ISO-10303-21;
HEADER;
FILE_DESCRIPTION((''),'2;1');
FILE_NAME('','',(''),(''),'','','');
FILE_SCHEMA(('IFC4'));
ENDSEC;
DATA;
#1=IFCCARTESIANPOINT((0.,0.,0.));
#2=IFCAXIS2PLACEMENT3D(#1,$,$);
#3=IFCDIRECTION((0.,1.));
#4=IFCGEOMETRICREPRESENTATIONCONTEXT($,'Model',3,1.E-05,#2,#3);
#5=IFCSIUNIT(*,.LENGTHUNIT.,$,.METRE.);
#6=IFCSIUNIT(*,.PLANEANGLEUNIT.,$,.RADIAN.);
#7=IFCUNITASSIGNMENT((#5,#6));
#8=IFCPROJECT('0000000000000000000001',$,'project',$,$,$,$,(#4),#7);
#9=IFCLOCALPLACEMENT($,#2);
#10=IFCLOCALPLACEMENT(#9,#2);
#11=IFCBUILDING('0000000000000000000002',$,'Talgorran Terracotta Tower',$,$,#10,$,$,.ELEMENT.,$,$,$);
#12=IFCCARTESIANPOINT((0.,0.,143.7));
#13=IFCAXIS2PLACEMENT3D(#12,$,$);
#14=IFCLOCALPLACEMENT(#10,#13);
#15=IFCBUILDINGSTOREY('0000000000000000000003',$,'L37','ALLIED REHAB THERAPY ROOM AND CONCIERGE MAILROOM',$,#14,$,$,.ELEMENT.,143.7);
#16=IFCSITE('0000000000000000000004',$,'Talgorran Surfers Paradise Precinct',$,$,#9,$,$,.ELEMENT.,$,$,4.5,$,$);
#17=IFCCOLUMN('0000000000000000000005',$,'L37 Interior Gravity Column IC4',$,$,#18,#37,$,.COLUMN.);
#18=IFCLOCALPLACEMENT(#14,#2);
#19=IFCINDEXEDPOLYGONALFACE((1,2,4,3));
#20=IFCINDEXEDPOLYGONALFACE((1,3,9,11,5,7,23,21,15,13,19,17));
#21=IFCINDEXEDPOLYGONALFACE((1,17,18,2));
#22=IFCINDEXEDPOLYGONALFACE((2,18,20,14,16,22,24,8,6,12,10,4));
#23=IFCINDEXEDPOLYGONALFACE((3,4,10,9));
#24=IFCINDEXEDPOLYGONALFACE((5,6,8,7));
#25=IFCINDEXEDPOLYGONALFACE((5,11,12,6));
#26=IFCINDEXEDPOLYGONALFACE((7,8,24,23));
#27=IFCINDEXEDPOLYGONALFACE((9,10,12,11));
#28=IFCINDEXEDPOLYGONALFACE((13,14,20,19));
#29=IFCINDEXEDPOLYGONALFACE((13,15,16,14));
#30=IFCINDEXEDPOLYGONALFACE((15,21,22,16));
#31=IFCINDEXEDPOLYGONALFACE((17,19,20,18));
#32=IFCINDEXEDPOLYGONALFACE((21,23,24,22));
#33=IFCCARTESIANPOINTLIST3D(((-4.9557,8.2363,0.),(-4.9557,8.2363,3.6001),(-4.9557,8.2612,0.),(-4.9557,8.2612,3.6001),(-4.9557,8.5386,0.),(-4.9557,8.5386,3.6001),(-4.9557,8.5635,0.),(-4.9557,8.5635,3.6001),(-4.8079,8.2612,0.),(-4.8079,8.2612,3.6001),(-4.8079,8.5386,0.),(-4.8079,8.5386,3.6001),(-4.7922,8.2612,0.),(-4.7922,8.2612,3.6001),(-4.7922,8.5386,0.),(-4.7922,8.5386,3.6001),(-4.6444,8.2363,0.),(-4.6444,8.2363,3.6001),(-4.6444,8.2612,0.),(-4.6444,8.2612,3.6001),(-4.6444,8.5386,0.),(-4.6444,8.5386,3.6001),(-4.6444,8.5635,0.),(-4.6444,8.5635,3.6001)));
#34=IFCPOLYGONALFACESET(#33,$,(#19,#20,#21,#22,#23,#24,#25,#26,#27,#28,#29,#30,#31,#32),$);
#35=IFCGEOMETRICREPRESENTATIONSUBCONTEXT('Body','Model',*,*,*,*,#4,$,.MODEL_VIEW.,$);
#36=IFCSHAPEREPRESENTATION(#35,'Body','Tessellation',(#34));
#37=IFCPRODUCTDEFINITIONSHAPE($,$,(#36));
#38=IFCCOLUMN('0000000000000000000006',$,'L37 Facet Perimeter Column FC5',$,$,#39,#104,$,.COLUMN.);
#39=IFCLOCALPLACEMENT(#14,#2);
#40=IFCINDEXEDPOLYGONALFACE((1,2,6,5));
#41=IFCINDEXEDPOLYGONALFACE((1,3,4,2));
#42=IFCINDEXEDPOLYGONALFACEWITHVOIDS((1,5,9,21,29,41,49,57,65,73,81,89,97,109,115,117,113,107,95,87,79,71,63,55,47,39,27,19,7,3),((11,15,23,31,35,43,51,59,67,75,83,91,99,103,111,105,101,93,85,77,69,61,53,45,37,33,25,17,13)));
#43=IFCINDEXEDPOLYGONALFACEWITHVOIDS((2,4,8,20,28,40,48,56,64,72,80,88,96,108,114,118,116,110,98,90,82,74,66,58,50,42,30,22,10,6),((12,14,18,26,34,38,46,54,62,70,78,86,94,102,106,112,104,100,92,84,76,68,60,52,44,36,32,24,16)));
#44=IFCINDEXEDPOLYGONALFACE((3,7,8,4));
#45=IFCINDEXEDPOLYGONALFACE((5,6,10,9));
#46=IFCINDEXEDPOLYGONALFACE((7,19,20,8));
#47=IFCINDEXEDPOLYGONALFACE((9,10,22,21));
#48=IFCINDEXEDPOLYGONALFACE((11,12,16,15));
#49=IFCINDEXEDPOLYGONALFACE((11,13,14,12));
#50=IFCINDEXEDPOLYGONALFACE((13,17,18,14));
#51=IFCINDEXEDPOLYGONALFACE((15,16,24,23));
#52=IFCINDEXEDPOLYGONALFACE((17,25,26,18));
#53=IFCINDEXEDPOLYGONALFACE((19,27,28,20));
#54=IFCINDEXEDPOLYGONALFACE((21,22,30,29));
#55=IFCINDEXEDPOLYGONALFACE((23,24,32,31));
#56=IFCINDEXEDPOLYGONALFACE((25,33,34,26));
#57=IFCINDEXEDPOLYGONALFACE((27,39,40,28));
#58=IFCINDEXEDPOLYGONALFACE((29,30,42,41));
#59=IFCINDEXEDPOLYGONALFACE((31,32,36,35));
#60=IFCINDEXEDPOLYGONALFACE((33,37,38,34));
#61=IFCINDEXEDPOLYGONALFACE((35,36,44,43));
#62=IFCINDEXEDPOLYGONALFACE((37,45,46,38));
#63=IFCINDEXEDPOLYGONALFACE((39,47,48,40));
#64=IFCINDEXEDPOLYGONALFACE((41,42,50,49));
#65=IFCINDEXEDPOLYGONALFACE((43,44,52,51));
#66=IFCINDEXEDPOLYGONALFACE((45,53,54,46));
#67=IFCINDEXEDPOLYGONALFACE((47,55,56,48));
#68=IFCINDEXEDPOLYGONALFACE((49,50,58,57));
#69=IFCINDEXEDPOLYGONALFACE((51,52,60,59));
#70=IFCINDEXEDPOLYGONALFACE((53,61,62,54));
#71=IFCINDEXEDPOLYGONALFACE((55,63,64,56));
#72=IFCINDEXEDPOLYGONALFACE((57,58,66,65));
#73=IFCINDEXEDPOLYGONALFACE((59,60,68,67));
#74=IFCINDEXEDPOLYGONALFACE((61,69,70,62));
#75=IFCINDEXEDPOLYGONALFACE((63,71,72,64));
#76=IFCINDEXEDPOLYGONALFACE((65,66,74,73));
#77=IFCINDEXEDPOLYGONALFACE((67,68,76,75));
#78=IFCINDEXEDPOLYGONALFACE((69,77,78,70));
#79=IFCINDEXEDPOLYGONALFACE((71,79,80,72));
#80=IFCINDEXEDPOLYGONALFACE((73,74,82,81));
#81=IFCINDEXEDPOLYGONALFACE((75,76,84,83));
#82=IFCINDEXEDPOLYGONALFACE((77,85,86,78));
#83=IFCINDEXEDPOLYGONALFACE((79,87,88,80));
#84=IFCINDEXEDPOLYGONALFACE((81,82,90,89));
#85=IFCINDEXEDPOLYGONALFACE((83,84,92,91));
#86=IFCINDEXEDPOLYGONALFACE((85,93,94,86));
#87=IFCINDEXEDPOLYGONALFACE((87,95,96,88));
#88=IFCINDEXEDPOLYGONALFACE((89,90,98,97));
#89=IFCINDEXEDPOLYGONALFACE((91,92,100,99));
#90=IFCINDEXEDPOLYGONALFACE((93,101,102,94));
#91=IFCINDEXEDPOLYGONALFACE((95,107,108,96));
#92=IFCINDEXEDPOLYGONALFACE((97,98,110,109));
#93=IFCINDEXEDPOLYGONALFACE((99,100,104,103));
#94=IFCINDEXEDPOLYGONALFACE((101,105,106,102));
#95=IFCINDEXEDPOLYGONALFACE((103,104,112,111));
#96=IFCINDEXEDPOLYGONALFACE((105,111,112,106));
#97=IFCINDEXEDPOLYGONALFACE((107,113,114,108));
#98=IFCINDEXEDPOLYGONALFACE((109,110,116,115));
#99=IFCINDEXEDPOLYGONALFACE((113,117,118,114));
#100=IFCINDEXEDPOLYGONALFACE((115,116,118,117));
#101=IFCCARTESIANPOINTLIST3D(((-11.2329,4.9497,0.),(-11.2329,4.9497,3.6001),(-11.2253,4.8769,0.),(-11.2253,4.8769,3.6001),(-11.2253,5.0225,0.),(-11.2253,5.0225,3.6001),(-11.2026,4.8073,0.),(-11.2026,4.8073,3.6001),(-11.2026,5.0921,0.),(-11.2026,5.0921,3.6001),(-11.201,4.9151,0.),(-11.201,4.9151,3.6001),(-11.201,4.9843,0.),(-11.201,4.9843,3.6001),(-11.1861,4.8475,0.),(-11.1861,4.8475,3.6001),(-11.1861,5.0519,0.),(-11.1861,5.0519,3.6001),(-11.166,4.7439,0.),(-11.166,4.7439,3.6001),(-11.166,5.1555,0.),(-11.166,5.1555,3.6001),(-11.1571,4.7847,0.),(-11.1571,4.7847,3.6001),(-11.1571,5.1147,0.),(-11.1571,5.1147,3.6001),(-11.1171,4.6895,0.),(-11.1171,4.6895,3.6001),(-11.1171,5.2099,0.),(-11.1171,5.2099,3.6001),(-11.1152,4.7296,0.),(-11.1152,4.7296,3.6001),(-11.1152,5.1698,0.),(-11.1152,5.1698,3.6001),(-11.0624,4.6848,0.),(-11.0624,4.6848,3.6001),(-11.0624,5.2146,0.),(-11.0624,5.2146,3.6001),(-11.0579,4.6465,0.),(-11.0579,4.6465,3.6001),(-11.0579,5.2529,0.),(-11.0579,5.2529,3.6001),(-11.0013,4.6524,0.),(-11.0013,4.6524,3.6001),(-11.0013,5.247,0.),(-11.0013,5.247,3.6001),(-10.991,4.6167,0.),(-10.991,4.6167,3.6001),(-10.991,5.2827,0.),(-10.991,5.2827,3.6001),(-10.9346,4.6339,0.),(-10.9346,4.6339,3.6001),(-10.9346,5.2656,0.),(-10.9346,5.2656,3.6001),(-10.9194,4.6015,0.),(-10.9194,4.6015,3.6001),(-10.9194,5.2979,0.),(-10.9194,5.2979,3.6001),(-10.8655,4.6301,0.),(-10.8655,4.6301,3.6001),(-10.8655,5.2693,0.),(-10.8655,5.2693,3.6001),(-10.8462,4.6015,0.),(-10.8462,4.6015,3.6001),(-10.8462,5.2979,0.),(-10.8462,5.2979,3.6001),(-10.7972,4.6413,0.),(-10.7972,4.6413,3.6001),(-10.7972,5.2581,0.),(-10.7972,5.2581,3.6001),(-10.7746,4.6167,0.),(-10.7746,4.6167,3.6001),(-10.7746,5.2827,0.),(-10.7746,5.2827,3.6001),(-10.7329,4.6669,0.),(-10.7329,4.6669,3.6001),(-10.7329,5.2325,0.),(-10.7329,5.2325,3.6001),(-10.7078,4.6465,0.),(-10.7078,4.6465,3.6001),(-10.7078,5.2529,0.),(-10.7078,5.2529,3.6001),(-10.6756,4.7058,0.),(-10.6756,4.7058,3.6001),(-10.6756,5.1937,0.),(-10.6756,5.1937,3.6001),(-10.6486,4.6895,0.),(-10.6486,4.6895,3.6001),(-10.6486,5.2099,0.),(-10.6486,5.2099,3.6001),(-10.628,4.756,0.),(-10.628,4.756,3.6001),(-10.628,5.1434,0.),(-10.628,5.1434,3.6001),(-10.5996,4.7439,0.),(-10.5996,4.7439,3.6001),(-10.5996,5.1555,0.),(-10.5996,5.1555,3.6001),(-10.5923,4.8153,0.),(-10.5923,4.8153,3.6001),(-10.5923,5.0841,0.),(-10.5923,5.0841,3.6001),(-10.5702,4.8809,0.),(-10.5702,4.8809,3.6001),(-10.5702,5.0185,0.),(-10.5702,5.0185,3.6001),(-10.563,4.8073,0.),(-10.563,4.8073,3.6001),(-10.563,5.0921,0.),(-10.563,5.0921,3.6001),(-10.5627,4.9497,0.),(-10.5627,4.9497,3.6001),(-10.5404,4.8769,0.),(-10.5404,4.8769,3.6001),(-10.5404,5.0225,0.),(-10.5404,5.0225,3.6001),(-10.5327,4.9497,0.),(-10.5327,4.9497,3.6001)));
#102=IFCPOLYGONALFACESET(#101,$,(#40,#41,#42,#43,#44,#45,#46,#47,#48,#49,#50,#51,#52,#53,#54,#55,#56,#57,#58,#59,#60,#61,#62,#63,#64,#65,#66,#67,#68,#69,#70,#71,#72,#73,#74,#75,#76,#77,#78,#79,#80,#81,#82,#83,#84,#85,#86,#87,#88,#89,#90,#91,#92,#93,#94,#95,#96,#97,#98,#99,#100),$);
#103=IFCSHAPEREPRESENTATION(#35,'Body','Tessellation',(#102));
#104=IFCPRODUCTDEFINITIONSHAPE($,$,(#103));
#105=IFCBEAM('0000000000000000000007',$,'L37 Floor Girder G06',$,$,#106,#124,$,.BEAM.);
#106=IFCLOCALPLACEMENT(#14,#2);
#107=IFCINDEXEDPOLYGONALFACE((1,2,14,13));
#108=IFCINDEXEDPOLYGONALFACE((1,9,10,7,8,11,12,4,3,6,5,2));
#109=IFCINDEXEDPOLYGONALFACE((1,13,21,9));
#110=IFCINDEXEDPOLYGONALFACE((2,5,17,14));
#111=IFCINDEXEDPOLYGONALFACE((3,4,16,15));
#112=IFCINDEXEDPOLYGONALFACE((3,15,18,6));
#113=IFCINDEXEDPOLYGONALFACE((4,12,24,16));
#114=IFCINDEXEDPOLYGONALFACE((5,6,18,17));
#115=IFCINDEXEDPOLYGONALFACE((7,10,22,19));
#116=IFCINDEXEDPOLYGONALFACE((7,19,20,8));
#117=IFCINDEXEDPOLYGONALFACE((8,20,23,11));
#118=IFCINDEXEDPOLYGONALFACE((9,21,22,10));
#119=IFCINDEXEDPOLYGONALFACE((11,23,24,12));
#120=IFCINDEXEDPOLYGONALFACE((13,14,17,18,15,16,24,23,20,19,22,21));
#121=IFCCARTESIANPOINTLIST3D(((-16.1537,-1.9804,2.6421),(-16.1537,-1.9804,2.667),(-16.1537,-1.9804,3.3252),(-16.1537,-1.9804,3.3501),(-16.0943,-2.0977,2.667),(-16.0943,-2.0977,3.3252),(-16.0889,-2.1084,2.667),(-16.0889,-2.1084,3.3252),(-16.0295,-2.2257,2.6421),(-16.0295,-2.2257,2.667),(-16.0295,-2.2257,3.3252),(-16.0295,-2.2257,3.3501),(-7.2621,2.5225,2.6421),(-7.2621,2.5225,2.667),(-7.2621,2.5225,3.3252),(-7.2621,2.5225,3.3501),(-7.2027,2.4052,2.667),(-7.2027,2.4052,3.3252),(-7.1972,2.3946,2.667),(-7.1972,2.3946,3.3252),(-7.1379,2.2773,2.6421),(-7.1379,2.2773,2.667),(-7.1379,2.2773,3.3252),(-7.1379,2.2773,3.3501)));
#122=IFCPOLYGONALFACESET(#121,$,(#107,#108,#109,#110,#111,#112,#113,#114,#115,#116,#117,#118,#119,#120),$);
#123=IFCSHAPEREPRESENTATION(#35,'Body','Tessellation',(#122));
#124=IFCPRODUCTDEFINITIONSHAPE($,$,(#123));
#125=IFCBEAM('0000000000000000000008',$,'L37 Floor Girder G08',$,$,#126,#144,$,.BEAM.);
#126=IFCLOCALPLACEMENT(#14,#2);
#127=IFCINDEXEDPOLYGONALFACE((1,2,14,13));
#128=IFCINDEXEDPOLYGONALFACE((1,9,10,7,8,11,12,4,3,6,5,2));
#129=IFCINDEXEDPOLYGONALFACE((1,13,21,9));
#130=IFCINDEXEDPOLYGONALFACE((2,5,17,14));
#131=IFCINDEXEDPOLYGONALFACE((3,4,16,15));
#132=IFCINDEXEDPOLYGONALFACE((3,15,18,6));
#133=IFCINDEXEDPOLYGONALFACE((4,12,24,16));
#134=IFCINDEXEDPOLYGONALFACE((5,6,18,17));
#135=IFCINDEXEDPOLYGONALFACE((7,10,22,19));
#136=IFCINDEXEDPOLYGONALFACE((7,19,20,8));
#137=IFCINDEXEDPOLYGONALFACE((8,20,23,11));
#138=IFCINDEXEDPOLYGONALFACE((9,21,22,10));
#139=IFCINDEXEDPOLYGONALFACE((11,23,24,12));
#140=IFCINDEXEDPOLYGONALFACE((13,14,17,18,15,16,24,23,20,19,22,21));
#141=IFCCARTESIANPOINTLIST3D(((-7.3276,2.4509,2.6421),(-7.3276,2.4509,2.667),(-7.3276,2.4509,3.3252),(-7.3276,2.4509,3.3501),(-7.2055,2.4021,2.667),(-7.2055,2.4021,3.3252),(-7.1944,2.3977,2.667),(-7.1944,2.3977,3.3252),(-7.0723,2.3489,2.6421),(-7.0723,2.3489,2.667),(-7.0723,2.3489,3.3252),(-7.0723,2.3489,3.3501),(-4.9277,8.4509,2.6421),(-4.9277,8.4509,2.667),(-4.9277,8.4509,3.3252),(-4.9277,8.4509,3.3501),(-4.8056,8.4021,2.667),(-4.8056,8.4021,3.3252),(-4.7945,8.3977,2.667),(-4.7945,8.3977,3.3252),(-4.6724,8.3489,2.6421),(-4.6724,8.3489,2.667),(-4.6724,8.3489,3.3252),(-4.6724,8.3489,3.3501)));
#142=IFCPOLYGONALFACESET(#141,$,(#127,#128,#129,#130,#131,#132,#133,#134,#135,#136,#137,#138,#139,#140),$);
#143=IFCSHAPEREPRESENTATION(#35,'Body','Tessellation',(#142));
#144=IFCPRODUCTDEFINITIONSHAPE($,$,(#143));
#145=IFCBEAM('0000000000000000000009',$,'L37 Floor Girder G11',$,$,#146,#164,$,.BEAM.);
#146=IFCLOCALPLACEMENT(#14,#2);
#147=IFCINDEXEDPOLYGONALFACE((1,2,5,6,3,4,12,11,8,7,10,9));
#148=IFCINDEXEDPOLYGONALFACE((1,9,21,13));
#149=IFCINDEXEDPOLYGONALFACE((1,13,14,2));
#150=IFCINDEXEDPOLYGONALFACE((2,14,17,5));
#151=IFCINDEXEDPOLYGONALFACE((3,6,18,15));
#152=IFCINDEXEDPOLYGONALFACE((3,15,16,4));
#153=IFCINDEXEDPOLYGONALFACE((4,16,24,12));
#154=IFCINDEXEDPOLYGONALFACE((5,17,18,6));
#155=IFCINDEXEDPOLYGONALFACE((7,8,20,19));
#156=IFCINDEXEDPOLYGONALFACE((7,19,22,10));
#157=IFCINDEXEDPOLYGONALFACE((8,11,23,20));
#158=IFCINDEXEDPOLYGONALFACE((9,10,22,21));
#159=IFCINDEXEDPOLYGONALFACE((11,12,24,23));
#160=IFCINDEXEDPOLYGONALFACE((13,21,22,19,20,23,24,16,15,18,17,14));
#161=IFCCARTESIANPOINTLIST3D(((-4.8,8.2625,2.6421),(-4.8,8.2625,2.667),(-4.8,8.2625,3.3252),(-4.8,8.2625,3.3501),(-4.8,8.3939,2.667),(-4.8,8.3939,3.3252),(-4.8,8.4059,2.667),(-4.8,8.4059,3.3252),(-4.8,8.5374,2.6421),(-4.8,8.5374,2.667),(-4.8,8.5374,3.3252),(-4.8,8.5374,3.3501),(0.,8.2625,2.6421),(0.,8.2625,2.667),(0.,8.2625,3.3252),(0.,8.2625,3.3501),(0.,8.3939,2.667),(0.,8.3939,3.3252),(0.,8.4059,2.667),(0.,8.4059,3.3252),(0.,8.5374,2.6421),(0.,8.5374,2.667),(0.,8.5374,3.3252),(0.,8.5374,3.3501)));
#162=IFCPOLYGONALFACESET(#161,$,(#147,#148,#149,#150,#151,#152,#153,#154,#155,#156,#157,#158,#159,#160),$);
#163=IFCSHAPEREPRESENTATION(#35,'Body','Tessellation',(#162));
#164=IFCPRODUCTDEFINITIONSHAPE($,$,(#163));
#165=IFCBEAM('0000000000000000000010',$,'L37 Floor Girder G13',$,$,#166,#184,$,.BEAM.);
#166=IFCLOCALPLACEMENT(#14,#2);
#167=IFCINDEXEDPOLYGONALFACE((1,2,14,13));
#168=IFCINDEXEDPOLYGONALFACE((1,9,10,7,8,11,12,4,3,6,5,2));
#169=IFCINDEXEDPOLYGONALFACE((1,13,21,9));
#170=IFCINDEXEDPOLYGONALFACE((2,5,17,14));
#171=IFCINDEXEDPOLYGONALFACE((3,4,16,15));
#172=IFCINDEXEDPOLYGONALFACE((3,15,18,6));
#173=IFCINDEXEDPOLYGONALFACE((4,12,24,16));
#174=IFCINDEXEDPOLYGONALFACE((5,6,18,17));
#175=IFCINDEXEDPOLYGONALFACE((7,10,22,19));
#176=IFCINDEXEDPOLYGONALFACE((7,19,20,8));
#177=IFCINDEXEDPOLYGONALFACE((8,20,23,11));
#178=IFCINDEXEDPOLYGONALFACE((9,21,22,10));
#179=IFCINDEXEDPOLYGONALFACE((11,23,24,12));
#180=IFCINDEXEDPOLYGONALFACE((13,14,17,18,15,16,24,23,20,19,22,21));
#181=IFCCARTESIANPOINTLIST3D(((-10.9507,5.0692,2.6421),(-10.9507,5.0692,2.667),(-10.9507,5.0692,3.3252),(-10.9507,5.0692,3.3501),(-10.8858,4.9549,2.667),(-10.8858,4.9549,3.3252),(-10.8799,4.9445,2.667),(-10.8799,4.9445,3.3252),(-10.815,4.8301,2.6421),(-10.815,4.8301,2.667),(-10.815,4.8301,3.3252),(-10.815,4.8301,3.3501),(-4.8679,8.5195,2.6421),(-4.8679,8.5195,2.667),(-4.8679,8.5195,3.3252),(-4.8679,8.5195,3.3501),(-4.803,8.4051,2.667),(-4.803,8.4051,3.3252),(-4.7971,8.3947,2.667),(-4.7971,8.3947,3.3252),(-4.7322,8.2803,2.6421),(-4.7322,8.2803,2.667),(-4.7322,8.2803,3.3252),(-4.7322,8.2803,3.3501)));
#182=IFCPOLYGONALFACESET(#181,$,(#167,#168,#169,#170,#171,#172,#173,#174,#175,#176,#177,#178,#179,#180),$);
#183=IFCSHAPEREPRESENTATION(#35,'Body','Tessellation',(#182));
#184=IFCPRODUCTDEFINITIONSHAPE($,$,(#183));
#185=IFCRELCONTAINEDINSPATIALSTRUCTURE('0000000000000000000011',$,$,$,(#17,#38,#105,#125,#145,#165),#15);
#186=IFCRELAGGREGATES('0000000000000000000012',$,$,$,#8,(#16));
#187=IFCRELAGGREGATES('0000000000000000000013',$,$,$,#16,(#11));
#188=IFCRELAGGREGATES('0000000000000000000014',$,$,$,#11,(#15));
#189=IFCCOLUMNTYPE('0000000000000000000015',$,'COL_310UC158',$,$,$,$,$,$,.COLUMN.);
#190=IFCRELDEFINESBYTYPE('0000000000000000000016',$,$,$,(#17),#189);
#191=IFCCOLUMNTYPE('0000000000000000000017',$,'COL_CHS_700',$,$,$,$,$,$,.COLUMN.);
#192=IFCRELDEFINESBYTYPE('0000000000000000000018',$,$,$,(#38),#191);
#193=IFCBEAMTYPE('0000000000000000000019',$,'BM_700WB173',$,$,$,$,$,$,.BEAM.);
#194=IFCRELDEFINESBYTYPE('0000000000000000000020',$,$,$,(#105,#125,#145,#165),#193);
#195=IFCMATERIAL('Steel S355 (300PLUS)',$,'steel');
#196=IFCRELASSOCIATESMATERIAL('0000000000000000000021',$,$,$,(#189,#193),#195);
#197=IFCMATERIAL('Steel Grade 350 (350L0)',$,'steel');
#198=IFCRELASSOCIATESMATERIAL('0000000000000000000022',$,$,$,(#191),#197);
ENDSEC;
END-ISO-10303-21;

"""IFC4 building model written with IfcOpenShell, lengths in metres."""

from ifc_helpers import new_model, si_unit, direction, frame, origin, origin_2d, place, context, subcontext, project, spatial, hollow_circle, i_section, extrude, material, material_profile, profile_set, type_object, element, save


model = new_model("IFC4")

# Units and contexts
model_context = context("Model", 3, precision=1e-05, world=origin(), true_north=direction((0.0, 1.0)))
body_context = subcontext(model_context, "Body", "Model", "MODEL_VIEW")
ifc_project = project(units=[si_unit("LENGTHUNIT", "METRE"), si_unit("PLANEANGLEUNIT", "RADIAN")], contexts=[model_context])

# Site, building, storey
site_placement = place(None, origin())
site = spatial("IfcSite", under=ifc_project, at=site_placement, Name="Talgorran Surfers Paradise Precinct", CompositionType="ELEMENT", RefElevation=4.5)
building_placement = place(site_placement, origin())
building = spatial("IfcBuilding", under=site, at=building_placement, Name="Talgorran Terracotta Tower", CompositionType="ELEMENT")
storey_placement = place(building_placement, frame((0.0, 0.0, 143.7)))
storey = spatial("IfcBuildingStorey", under=building, at=storey_placement, Name="L37", Description="ALLIED REHAB THERAPY ROOM AND CONCIERGE MAILROOM", CompositionType="ELEMENT", Elevation=143.7)

# Columns
ifc_material_1 = material(Name="Steel S355 (300PLUS)", Category="steel")
ifc_material_profile_1 = material_profile(ifc_material_1, i_section(OverallWidth=0.3113, OverallDepth=0.3271, WebThickness=0.0156, FlangeThickness=0.0249, at=origin_2d()), Name="310UC158")
ifc_profile_set_1 = profile_set([ifc_material_profile_1], Name="Steel S355 (300PLUS)")
column_type_1 = type_object("IfcColumnType", Name="COL_310UC158", PredefinedType="COLUMN", material=ifc_profile_set_1)
column_1_placement = place(storey_placement, frame((-4.8, 8.3999, 0.0), z_axis=(0.0, 0.0, 1.0), x_axis=(1.0, 0.0, 0.0)))
element("IfcColumn", 1, at=column_1_placement, inside=storey, type_object=column_type_1, Name="L37 Interior Gravity Column IC4", PredefinedType="COLUMN", context=body_context, shape_type="SweptSolid", body=[
    extrude(i_section(OverallWidth=0.3113, OverallDepth=0.3271, WebThickness=0.0156, FlangeThickness=0.0249, at=origin_2d()), origin(), (0.0, 0.0, 1.0), 3.6001),
])
ifc_material_2 = material(Name="Steel Grade 350 (350L0)", Category="steel")
ifc_material_profile_2 = material_profile(ifc_material_2, hollow_circle(Radius=0.3501, WallThickness=0.03, at=origin_2d()), Name="CHS700X30")
ifc_profile_set_2 = profile_set([ifc_material_profile_2], Name="Steel Grade 350 (350L0)")
column_type_2 = type_object("IfcColumnType", Name="COL_CHS_700", PredefinedType="COLUMN", material=ifc_profile_set_2)
column_2_placement = place(storey_placement, frame((-10.8828, 4.9497, 0.0), z_axis=(0.0, 0.0, 1.0), x_axis=(1.0, 0.0, 0.0)))
element("IfcColumn", 2, at=column_2_placement, inside=storey, type_object=column_type_2, Name="L37 Facet Perimeter Column FC5", PredefinedType="COLUMN", context=body_context, shape_type="SweptSolid", body=[
    extrude(hollow_circle(Radius=0.3501, WallThickness=0.03, at=origin_2d()), origin(), (0.0, 0.0, 1.0), 3.6001),
])

# Beams
ifc_material_profile_3 = material_profile(ifc_material_1, i_section(OverallWidth=0.2749, OverallDepth=0.708, WebThickness=0.012, FlangeThickness=0.0249, at=origin_2d()), Name="700WB173")
ifc_profile_set_3 = profile_set([ifc_material_profile_3], Name="Steel S355 (300PLUS)")
beam_type_1 = type_object("IfcBeamType", Name="BM_700WB173", PredefinedType="BEAM", material=ifc_profile_set_3)
beam_1_placement = place(storey_placement, frame((-7.2, 2.3999, 2.9961), z_axis=(-0.892123, -0.451793, 0.0), x_axis=(0.451793, -0.892123, 0.0)))
element("IfcBeam", 3, at=beam_1_placement, inside=storey, type_object=beam_type_1, Name="L37 Floor Girder G06", PredefinedType="BEAM", context=body_context, shape_type="SweptSolid", body=[
    extrude(i_section(OverallWidth=0.2749, OverallDepth=0.708, WebThickness=0.012, FlangeThickness=0.0249, at=origin_2d()), origin(), (0.0, 0.0, 1.0), 9.9668),
])
beam_2_placement = place(storey_placement, frame((-7.2, 2.3999, 2.9961), z_axis=(0.371378, 0.928482, 0.0), x_axis=(-0.928482, 0.371378, 0.0)))
element("IfcBeam", 4, at=beam_2_placement, inside=storey, type_object=beam_type_1, Name="L37 Floor Girder G08", PredefinedType="BEAM", context=body_context, shape_type="SweptSolid", body=[
    extrude(i_section(OverallWidth=0.2749, OverallDepth=0.708, WebThickness=0.012, FlangeThickness=0.0249, at=origin_2d()), origin(), (0.0, 0.0, 1.0), 6.4622),
])
beam_3_placement = place(storey_placement, frame((-4.8, 8.3999, 2.9961), z_axis=(1.0, 0.0, 0.0), x_axis=(0.0, 1.0, 0.0)))
element("IfcBeam", 5, at=beam_3_placement, inside=storey, type_object=beam_type_1, Name="L37 Floor Girder G11", PredefinedType="BEAM", context=body_context, shape_type="SweptSolid", body=[
    extrude(i_section(OverallWidth=0.2749, OverallDepth=0.708, WebThickness=0.012, FlangeThickness=0.0249, at=origin_2d()), origin(), (0.0, 0.0, 1.0), 4.8),
])
beam_4_placement = place(storey_placement, frame((-4.8, 8.3999, 2.9961), z_axis=(-0.86982, -0.493369, 0.0), x_axis=(0.493369, -0.86982, 0.0)))
element("IfcBeam", 6, at=beam_4_placement, inside=storey, type_object=beam_type_1, Name="L37 Floor Girder G13", PredefinedType="BEAM", context=body_context, shape_type="SweptSolid", body=[
    extrude(i_section(OverallWidth=0.2749, OverallDepth=0.708, WebThickness=0.012, FlangeThickness=0.0249, at=origin_2d()), origin(), (0.0, 0.0, 1.0), 6.9932),
])

save(model, "model.ifc")
